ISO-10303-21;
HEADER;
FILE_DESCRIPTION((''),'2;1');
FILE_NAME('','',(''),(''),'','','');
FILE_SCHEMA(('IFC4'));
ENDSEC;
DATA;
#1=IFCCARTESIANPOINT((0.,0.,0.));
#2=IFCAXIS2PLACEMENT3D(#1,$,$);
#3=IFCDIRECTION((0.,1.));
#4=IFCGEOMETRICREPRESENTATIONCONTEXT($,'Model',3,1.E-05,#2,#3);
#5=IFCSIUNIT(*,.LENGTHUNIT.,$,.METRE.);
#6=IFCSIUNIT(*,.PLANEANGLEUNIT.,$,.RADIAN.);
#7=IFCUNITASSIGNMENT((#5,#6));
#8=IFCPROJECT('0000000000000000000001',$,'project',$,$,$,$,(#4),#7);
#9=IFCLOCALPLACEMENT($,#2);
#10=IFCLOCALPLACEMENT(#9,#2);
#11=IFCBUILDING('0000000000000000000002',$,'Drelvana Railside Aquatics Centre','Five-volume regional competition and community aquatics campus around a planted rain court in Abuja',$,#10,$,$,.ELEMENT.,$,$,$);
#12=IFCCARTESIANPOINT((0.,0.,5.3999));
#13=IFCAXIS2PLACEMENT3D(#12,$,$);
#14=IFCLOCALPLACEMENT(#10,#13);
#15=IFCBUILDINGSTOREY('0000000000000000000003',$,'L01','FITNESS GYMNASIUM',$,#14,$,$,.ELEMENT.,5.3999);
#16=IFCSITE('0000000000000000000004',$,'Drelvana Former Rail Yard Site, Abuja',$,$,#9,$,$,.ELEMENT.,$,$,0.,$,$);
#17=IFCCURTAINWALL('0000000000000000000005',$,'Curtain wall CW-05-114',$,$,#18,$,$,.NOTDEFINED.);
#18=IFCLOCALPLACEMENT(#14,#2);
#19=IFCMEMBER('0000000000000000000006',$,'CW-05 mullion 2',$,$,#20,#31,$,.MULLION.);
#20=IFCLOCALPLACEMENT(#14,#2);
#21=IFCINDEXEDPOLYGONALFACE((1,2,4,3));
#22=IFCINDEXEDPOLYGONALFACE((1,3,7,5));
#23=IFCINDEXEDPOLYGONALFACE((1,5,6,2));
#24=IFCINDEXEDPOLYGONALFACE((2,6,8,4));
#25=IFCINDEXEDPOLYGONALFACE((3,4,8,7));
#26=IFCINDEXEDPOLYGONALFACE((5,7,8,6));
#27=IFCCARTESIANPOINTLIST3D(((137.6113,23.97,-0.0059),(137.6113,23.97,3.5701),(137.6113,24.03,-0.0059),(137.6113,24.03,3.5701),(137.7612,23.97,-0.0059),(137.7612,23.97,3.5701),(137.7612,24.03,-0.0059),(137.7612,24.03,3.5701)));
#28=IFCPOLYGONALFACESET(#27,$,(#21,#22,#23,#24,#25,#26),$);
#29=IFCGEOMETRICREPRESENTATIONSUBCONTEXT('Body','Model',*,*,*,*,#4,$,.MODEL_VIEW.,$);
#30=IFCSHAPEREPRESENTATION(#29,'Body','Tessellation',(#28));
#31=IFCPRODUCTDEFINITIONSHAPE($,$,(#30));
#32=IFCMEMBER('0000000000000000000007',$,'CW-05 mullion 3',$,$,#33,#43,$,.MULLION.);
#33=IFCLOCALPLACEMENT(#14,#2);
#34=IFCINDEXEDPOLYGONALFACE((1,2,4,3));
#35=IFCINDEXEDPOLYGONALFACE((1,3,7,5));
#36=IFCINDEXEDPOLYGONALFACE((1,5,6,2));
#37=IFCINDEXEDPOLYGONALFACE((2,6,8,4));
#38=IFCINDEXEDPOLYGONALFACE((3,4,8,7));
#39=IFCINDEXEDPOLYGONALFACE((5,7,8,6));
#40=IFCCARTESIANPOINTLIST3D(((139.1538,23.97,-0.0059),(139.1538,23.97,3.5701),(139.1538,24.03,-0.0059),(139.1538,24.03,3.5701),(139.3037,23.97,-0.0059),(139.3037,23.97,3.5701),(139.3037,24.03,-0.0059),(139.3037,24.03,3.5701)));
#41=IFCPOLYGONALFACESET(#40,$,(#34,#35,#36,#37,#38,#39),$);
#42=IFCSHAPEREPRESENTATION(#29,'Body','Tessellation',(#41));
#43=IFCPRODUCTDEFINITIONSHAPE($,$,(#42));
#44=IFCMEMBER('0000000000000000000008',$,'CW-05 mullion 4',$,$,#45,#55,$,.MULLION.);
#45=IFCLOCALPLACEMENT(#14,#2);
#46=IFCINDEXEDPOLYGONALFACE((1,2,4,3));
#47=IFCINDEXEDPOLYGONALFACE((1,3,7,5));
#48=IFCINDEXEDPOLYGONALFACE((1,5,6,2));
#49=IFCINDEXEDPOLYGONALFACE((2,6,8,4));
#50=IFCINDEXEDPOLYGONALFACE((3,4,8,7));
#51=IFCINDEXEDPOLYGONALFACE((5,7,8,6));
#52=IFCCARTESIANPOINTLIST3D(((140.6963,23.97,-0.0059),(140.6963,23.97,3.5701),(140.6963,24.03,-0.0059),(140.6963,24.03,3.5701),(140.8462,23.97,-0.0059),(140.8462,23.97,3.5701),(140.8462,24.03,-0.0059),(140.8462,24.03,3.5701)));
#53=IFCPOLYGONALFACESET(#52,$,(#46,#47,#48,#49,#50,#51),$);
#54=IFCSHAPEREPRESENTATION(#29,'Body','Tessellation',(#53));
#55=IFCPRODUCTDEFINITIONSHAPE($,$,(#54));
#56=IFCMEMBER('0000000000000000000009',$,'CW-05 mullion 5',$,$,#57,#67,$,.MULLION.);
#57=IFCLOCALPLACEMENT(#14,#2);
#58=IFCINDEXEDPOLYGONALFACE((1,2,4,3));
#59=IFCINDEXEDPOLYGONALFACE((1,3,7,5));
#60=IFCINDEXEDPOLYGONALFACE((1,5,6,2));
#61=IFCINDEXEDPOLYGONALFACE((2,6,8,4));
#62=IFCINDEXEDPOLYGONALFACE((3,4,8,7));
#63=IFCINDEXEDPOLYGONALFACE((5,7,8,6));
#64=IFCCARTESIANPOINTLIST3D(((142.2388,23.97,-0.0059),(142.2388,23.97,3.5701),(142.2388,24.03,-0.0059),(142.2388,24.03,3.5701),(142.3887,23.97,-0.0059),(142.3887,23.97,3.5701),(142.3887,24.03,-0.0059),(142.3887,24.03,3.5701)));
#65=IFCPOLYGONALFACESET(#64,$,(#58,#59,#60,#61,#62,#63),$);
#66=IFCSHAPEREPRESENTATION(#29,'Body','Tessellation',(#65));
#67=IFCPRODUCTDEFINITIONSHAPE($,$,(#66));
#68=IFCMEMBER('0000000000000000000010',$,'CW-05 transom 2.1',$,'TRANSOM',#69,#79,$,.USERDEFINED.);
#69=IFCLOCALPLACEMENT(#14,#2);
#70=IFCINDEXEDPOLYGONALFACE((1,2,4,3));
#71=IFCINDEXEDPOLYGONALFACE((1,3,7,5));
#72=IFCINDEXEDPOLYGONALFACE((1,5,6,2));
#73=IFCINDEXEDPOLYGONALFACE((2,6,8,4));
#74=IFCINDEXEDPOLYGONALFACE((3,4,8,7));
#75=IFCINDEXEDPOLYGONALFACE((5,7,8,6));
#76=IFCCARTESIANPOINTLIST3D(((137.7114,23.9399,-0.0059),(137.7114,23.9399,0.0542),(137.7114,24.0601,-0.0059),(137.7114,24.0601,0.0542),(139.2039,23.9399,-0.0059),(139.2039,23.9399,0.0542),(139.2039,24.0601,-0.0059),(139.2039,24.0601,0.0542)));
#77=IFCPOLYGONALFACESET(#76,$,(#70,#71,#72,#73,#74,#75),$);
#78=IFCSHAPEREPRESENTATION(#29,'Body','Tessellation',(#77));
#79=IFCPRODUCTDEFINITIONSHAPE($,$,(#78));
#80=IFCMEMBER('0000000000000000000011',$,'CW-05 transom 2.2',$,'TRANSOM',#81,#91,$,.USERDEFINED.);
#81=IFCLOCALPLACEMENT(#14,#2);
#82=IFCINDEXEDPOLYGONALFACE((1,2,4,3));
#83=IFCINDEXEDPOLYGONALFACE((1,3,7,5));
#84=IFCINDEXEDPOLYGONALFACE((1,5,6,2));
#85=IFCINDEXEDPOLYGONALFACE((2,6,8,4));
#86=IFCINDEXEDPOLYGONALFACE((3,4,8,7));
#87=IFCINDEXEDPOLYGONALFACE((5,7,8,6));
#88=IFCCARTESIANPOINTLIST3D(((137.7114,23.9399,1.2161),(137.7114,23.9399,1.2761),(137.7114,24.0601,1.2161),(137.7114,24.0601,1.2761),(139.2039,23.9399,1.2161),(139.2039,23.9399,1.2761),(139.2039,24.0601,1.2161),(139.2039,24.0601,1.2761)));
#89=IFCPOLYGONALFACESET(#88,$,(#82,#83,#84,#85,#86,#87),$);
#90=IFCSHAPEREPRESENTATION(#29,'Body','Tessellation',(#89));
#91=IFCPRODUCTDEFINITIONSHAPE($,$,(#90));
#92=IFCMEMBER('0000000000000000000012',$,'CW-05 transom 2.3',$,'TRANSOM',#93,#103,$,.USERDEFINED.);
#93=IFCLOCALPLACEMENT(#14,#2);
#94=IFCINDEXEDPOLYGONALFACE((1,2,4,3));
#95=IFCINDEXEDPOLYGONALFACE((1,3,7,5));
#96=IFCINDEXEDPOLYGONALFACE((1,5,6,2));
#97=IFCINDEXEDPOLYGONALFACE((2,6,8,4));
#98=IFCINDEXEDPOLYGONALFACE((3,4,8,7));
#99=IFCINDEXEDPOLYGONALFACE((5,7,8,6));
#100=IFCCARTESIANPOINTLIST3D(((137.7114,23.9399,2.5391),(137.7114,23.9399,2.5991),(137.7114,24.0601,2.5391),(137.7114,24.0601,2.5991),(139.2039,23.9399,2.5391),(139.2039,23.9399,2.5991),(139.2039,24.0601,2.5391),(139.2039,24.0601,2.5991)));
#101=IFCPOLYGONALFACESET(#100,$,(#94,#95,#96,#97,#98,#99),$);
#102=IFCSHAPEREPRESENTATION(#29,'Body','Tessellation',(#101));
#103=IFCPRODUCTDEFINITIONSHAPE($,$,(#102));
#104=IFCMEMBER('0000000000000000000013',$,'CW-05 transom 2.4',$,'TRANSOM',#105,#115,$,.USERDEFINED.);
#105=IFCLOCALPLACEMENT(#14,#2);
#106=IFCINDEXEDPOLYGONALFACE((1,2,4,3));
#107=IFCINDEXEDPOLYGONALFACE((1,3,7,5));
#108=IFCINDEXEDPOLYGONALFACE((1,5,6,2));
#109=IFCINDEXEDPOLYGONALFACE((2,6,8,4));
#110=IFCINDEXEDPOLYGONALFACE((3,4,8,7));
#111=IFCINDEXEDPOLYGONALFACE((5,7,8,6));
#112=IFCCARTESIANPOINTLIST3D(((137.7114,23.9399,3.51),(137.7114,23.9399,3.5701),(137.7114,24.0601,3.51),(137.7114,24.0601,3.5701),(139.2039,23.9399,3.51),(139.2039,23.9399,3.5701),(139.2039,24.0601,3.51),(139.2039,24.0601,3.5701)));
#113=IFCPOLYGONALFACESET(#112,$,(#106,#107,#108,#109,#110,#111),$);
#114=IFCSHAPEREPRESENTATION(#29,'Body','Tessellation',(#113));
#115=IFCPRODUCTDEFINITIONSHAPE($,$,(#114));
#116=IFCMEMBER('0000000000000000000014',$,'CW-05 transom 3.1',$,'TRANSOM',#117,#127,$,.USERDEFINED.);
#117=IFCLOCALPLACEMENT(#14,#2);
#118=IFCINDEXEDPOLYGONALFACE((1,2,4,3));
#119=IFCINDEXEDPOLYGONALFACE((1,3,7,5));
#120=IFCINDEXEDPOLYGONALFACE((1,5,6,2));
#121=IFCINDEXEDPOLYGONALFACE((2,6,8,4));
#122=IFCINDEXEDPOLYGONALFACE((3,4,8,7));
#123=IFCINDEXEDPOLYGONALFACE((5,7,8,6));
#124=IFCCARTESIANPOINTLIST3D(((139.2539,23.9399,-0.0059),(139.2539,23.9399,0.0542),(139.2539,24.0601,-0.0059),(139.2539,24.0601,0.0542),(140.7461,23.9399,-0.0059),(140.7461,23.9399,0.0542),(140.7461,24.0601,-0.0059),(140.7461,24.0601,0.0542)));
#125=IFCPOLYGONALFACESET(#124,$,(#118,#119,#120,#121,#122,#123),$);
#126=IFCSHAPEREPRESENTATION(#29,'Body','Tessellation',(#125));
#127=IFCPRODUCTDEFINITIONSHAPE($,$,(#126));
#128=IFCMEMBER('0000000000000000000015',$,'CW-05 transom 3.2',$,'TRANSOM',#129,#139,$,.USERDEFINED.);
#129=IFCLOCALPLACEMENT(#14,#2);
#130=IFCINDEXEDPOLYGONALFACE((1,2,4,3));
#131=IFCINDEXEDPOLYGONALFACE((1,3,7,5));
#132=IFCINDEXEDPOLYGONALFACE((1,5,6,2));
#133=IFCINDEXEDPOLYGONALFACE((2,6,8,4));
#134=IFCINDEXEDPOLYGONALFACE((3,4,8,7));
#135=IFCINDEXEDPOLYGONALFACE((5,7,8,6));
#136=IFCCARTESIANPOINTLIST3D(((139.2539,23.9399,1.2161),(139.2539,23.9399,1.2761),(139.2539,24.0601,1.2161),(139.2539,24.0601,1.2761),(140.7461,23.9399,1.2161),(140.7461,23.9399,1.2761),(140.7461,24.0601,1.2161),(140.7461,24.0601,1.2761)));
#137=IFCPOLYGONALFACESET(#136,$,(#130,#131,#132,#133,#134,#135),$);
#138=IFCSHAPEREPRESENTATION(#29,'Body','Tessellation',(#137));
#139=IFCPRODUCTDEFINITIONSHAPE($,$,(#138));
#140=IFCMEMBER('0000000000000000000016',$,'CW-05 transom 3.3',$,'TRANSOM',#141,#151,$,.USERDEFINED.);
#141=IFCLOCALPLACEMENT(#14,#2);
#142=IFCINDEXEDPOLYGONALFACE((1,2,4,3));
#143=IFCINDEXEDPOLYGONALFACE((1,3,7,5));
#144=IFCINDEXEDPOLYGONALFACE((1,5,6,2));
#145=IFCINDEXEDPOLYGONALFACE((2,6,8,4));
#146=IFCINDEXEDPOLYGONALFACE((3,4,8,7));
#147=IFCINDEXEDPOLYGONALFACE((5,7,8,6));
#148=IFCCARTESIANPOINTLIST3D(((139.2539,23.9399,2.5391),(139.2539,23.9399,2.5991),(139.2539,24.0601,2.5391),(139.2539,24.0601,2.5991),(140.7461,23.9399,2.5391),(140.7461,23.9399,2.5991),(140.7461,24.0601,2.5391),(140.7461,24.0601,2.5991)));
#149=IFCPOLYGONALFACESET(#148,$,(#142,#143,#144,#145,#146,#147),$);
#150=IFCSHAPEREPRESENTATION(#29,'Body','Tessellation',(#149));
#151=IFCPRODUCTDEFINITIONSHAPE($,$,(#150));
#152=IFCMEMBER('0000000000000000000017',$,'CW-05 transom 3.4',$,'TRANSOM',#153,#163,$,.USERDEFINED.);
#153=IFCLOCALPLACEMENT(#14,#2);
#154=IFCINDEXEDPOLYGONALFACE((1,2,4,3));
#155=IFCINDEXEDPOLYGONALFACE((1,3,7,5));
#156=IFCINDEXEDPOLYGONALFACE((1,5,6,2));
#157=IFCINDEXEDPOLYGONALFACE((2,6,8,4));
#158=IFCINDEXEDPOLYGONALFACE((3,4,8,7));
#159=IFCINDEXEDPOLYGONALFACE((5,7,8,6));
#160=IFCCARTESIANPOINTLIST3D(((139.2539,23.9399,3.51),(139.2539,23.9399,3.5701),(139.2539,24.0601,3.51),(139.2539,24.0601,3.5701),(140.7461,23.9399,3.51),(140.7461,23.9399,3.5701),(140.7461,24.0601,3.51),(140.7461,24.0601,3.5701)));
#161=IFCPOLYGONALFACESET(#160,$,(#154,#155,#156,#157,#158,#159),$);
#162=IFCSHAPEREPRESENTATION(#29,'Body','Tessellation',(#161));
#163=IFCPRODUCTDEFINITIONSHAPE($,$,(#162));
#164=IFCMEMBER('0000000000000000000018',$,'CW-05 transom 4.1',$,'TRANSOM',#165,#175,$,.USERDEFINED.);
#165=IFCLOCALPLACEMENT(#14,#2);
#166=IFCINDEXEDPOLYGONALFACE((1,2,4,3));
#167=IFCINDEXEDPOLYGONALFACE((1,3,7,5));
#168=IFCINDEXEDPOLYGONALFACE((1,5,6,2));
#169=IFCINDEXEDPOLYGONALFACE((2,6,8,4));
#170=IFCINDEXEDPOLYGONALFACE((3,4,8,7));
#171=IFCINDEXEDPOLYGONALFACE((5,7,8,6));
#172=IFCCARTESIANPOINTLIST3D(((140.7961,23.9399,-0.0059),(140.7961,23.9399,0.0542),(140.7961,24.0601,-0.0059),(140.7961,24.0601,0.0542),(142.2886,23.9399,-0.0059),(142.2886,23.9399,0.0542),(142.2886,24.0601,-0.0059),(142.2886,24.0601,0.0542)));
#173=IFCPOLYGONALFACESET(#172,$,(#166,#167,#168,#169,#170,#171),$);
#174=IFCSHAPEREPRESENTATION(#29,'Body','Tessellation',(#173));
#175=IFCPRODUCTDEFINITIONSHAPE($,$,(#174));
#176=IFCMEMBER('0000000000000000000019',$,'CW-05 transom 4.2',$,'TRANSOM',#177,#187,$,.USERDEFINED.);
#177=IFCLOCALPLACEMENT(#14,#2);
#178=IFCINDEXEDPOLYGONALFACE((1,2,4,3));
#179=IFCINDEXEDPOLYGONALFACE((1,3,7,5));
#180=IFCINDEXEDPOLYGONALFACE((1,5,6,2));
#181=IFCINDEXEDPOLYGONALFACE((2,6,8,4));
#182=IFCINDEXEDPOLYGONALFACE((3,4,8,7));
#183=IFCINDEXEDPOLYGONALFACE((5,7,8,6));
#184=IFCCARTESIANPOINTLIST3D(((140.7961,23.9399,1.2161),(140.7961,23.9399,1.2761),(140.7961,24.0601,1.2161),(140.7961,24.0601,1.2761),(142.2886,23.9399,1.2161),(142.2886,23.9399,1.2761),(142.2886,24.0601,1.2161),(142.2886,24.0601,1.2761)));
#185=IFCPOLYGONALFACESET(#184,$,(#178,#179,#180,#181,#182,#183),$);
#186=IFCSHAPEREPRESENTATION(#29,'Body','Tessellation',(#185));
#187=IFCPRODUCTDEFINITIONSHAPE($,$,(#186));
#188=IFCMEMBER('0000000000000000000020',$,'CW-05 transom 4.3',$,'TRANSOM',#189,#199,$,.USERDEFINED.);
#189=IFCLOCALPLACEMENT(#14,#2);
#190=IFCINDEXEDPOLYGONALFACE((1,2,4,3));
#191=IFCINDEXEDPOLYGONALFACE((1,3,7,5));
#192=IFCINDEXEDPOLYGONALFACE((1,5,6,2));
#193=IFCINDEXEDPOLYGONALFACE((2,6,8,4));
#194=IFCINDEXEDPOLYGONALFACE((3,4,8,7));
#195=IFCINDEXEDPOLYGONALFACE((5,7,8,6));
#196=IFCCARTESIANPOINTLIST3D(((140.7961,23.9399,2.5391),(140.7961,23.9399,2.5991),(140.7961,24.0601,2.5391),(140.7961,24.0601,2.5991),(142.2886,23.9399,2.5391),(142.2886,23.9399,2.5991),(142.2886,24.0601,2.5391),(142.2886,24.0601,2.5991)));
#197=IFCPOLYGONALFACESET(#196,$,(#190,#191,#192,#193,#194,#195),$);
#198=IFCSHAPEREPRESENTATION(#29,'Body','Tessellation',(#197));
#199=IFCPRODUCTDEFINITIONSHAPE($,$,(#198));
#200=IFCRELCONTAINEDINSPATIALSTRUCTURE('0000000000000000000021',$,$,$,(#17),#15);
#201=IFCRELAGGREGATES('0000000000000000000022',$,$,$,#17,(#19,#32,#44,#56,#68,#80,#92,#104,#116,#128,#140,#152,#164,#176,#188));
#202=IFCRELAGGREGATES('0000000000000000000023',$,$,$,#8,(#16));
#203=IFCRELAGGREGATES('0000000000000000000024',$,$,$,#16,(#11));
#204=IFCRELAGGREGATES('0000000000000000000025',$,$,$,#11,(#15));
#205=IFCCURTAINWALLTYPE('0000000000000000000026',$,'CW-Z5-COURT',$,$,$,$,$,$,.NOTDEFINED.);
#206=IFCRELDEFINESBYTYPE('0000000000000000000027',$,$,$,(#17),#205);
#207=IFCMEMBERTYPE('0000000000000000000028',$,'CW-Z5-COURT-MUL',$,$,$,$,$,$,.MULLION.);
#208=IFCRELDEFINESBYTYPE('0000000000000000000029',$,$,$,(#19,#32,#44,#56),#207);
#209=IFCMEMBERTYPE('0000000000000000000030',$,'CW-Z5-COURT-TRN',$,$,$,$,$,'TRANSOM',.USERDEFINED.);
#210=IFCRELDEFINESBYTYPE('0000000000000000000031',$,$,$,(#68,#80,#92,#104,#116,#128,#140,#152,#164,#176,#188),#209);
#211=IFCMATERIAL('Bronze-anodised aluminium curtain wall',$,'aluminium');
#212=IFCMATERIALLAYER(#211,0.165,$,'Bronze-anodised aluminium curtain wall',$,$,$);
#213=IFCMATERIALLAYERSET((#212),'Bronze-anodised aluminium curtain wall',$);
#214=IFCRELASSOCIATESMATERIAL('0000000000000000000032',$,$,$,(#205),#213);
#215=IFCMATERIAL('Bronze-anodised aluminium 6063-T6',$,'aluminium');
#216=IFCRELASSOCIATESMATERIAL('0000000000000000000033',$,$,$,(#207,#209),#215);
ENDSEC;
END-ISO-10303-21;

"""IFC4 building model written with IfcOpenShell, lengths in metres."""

from ifc_helpers import new_model, si_unit, direction, frame, origin, origin_2d, place, context, subcontext, project, spatial, rectangle, extrude, material, layer, layer_set, material_profile, profile_set, type_object, element, aggregate, save


model = new_model("IFC4")

# Units and contexts
model_context = context("Model", 3, precision=1e-05, world=origin(), true_north=direction((0.0, 1.0)))
body_context = subcontext(model_context, "Body", "Model", "MODEL_VIEW")
ifc_project = project(units=[si_unit("LENGTHUNIT", "METRE"), si_unit("PLANEANGLEUNIT", "RADIAN")], contexts=[model_context])

# Site, building, storey
site_placement = place(None, origin())
site = spatial("IfcSite", under=ifc_project, at=site_placement, Name="Drelvana Former Rail Yard Site, Abuja", CompositionType="ELEMENT", RefElevation=0.0)
building_placement = place(site_placement, origin())
building = spatial("IfcBuilding", under=site, at=building_placement, Name="Drelvana Railside Aquatics Centre", Description="Five-volume regional competition and community aquatics campus around a planted rain court in Abuja", CompositionType="ELEMENT")
storey_placement = place(building_placement, frame((0.0, 0.0, 5.3999)))
storey = spatial("IfcBuildingStorey", under=building, at=storey_placement, Name="L01", Description="FITNESS GYMNASIUM", CompositionType="ELEMENT", Elevation=5.3999)

# Curtain wall, members
ifc_material_1 = material(Name="Bronze-anodised aluminium curtain wall", Category="aluminium")
ifc_layer_1 = layer(ifc_material_1, 0.165, Name="Bronze-anodised aluminium curtain wall")
ifc_layer_set_1 = layer_set([ifc_layer_1], Name="Bronze-anodised aluminium curtain wall")
curtain_wall_type = type_object("IfcCurtainWallType", Name="CW-Z5-COURT", PredefinedType="NOTDEFINED", material=ifc_layer_set_1)
curtain_wall_placement = place(storey_placement, origin())
curtain_wall = element("IfcCurtainWall", 1, at=curtain_wall_placement, inside=storey, type_object=curtain_wall_type, Name="Curtain wall CW-05-114", PredefinedType="NOTDEFINED")
ifc_material_2 = material(Name="Bronze-anodised aluminium 6063-T6", Category="aluminium")
ifc_material_profile_1 = material_profile(ifc_material_2, rectangle(XDim=0.0601, YDim=0.1499, at=origin_2d()), Name="ALU-M 60x150")
ifc_profile_set_1 = profile_set([ifc_material_profile_1], Name="Bronze-anodised aluminium 6063-T6")
member_type_1 = type_object("IfcMemberType", Name="CW-Z5-COURT-MUL", PredefinedType="MULLION", material=ifc_profile_set_1)
member_1_placement = place(storey_placement, frame((137.6863, 24.0, -0.0059), z_axis=(0.0, 0.0, 1.0), x_axis=(0.0, 1.0, 0.0)))
member_1 = element("IfcMember", 2, at=member_1_placement, type_object=member_type_1, Name="CW-05 mullion 2", PredefinedType="MULLION", context=body_context, shape_type="SweptSolid", body=[
    extrude(rectangle(XDim=0.0601, YDim=0.1499, at=origin_2d()), origin(), (0.0, 0.0, 1.0), 3.5759),
])
member_2_placement = place(storey_placement, frame((139.2288, 24.0, -0.0059), z_axis=(0.0, 0.0, 1.0), x_axis=(0.0, 1.0, 0.0)))
member_2 = element("IfcMember", 3, at=member_2_placement, type_object=member_type_1, Name="CW-05 mullion 3", PredefinedType="MULLION", context=body_context, shape_type="SweptSolid", body=[
    extrude(rectangle(XDim=0.0601, YDim=0.1499, at=origin_2d()), origin(), (0.0, 0.0, 1.0), 3.5759),
])
member_3_placement = place(storey_placement, frame((140.7712, 24.0, -0.0059), z_axis=(0.0, 0.0, 1.0), x_axis=(0.0, 1.0, 0.0)))
member_3 = element("IfcMember", 4, at=member_3_placement, type_object=member_type_1, Name="CW-05 mullion 4", PredefinedType="MULLION", context=body_context, shape_type="SweptSolid", body=[
    extrude(rectangle(XDim=0.0601, YDim=0.1499, at=origin_2d()), origin(), (0.0, 0.0, 1.0), 3.5759),
])
member_4_placement = place(storey_placement, frame((142.3137, 24.0, -0.0059), z_axis=(0.0, 0.0, 1.0), x_axis=(0.0, 1.0, 0.0)))
member_4 = element("IfcMember", 5, at=member_4_placement, type_object=member_type_1, Name="CW-05 mullion 5", PredefinedType="MULLION", context=body_context, shape_type="SweptSolid", body=[
    extrude(rectangle(XDim=0.0601, YDim=0.1499, at=origin_2d()), origin(), (0.0, 0.0, 1.0), 3.5759),
])
ifc_material_profile_2 = material_profile(ifc_material_2, rectangle(XDim=0.1201, YDim=0.0601, at=origin_2d()), Name="ALU-T 60x120")
ifc_profile_set_2 = profile_set([ifc_material_profile_2], Name="Bronze-anodised aluminium 6063-T6")
member_type_2 = type_object("IfcMemberType", Name="CW-Z5-COURT-TRN", ElementType="TRANSOM", PredefinedType="USERDEFINED", material=ifc_profile_set_2)
member_5_placement = place(storey_placement, frame((137.7114, 24.0, 0.0242), z_axis=(1.0, 0.0, 0.0), x_axis=(0.0, 1.0, 0.0)))
member_5 = element("IfcMember", 6, at=member_5_placement, type_object=member_type_2, Name="CW-05 transom 2.1", ObjectType="TRANSOM", PredefinedType="USERDEFINED", context=body_context, shape_type="SweptSolid", body=[
    extrude(rectangle(XDim=0.1201, YDim=0.0601, at=origin_2d()), origin(), (0.0, 0.0, 1.0), 1.4924),
])
member_6_placement = place(storey_placement, frame((137.7114, 24.0, 1.2461), z_axis=(1.0, 0.0, 0.0), x_axis=(0.0, 1.0, 0.0)))
member_6 = element("IfcMember", 7, at=member_6_placement, type_object=member_type_2, Name="CW-05 transom 2.2", ObjectType="TRANSOM", PredefinedType="USERDEFINED", context=body_context, shape_type="SweptSolid", body=[
    extrude(rectangle(XDim=0.1201, YDim=0.0601, at=origin_2d()), origin(), (0.0, 0.0, 1.0), 1.4924),
])
member_7_placement = place(storey_placement, frame((137.7114, 24.0, 2.5691), z_axis=(1.0, 0.0, 0.0), x_axis=(0.0, 1.0, 0.0)))
member_7 = element("IfcMember", 8, at=member_7_placement, type_object=member_type_2, Name="CW-05 transom 2.3", ObjectType="TRANSOM", PredefinedType="USERDEFINED", context=body_context, shape_type="SweptSolid", body=[
    extrude(rectangle(XDim=0.1201, YDim=0.0601, at=origin_2d()), origin(), (0.0, 0.0, 1.0), 1.4924),
])
member_8_placement = place(storey_placement, frame((137.7114, 24.0, 3.54), z_axis=(1.0, 0.0, 0.0), x_axis=(0.0, 1.0, 0.0)))
member_8 = element("IfcMember", 9, at=member_8_placement, type_object=member_type_2, Name="CW-05 transom 2.4", ObjectType="TRANSOM", PredefinedType="USERDEFINED", context=body_context, shape_type="SweptSolid", body=[
    extrude(rectangle(XDim=0.1201, YDim=0.0601, at=origin_2d()), origin(), (0.0, 0.0, 1.0), 1.4924),
])
member_9_placement = place(storey_placement, frame((139.2539, 24.0, 0.0242), z_axis=(1.0, 0.0, 0.0), x_axis=(0.0, 1.0, 0.0)))
member_9 = element("IfcMember", 10, at=member_9_placement, type_object=member_type_2, Name="CW-05 transom 3.1", ObjectType="TRANSOM", PredefinedType="USERDEFINED", context=body_context, shape_type="SweptSolid", body=[
    extrude(rectangle(XDim=0.1201, YDim=0.0601, at=origin_2d()), origin(), (0.0, 0.0, 1.0), 1.4922),
])
member_10_placement = place(storey_placement, frame((139.2539, 24.0, 1.2461), z_axis=(1.0, 0.0, 0.0), x_axis=(0.0, 1.0, 0.0)))
member_10 = element("IfcMember", 11, at=member_10_placement, type_object=member_type_2, Name="CW-05 transom 3.2", ObjectType="TRANSOM", PredefinedType="USERDEFINED", context=body_context, shape_type="SweptSolid", body=[
    extrude(rectangle(XDim=0.1201, YDim=0.0601, at=origin_2d()), origin(), (0.0, 0.0, 1.0), 1.4922),
])
member_11_placement = place(storey_placement, frame((139.2539, 24.0, 2.5691), z_axis=(1.0, 0.0, 0.0), x_axis=(0.0, 1.0, 0.0)))
member_11 = element("IfcMember", 12, at=member_11_placement, type_object=member_type_2, Name="CW-05 transom 3.3", ObjectType="TRANSOM", PredefinedType="USERDEFINED", context=body_context, shape_type="SweptSolid", body=[
    extrude(rectangle(XDim=0.1201, YDim=0.0601, at=origin_2d()), origin(), (0.0, 0.0, 1.0), 1.4922),
])
member_12_placement = place(storey_placement, frame((139.2539, 24.0, 3.54), z_axis=(1.0, 0.0, 0.0), x_axis=(0.0, 1.0, 0.0)))
member_12 = element("IfcMember", 13, at=member_12_placement, type_object=member_type_2, Name="CW-05 transom 3.4", ObjectType="TRANSOM", PredefinedType="USERDEFINED", context=body_context, shape_type="SweptSolid", body=[
    extrude(rectangle(XDim=0.1201, YDim=0.0601, at=origin_2d()), origin(), (0.0, 0.0, 1.0), 1.4922),
])
member_13_placement = place(storey_placement, frame((140.7961, 24.0, 0.0242), z_axis=(1.0, 0.0, 0.0), x_axis=(0.0, 1.0, 0.0)))
member_13 = element("IfcMember", 14, at=member_13_placement, type_object=member_type_2, Name="CW-05 transom 4.1", ObjectType="TRANSOM", PredefinedType="USERDEFINED", context=body_context, shape_type="SweptSolid", body=[
    extrude(rectangle(XDim=0.1201, YDim=0.0601, at=origin_2d()), origin(), (0.0, 0.0, 1.0), 1.4924),
])
member_14_placement = place(storey_placement, frame((140.7961, 24.0, 1.2461), z_axis=(1.0, 0.0, 0.0), x_axis=(0.0, 1.0, 0.0)))
member_14 = element("IfcMember", 15, at=member_14_placement, type_object=member_type_2, Name="CW-05 transom 4.2", ObjectType="TRANSOM", PredefinedType="USERDEFINED", context=body_context, shape_type="SweptSolid", body=[
    extrude(rectangle(XDim=0.1201, YDim=0.0601, at=origin_2d()), origin(), (0.0, 0.0, 1.0), 1.4924),
])
member_15_placement = place(storey_placement, frame((140.7961, 24.0, 2.5691), z_axis=(1.0, 0.0, 0.0), x_axis=(0.0, 1.0, 0.0)))
member_15 = element("IfcMember", 16, at=member_15_placement, type_object=member_type_2, Name="CW-05 transom 4.3", ObjectType="TRANSOM", PredefinedType="USERDEFINED", context=body_context, shape_type="SweptSolid", body=[
    extrude(rectangle(XDim=0.1201, YDim=0.0601, at=origin_2d()), origin(), (0.0, 0.0, 1.0), 1.4924),
])

aggregate(curtain_wall, [member_1, member_2, member_3, member_4, member_5, member_6, member_7, member_8, member_9, member_10, member_11, member_12, member_13, member_14, member_15])

save(model, "model.ifc")
